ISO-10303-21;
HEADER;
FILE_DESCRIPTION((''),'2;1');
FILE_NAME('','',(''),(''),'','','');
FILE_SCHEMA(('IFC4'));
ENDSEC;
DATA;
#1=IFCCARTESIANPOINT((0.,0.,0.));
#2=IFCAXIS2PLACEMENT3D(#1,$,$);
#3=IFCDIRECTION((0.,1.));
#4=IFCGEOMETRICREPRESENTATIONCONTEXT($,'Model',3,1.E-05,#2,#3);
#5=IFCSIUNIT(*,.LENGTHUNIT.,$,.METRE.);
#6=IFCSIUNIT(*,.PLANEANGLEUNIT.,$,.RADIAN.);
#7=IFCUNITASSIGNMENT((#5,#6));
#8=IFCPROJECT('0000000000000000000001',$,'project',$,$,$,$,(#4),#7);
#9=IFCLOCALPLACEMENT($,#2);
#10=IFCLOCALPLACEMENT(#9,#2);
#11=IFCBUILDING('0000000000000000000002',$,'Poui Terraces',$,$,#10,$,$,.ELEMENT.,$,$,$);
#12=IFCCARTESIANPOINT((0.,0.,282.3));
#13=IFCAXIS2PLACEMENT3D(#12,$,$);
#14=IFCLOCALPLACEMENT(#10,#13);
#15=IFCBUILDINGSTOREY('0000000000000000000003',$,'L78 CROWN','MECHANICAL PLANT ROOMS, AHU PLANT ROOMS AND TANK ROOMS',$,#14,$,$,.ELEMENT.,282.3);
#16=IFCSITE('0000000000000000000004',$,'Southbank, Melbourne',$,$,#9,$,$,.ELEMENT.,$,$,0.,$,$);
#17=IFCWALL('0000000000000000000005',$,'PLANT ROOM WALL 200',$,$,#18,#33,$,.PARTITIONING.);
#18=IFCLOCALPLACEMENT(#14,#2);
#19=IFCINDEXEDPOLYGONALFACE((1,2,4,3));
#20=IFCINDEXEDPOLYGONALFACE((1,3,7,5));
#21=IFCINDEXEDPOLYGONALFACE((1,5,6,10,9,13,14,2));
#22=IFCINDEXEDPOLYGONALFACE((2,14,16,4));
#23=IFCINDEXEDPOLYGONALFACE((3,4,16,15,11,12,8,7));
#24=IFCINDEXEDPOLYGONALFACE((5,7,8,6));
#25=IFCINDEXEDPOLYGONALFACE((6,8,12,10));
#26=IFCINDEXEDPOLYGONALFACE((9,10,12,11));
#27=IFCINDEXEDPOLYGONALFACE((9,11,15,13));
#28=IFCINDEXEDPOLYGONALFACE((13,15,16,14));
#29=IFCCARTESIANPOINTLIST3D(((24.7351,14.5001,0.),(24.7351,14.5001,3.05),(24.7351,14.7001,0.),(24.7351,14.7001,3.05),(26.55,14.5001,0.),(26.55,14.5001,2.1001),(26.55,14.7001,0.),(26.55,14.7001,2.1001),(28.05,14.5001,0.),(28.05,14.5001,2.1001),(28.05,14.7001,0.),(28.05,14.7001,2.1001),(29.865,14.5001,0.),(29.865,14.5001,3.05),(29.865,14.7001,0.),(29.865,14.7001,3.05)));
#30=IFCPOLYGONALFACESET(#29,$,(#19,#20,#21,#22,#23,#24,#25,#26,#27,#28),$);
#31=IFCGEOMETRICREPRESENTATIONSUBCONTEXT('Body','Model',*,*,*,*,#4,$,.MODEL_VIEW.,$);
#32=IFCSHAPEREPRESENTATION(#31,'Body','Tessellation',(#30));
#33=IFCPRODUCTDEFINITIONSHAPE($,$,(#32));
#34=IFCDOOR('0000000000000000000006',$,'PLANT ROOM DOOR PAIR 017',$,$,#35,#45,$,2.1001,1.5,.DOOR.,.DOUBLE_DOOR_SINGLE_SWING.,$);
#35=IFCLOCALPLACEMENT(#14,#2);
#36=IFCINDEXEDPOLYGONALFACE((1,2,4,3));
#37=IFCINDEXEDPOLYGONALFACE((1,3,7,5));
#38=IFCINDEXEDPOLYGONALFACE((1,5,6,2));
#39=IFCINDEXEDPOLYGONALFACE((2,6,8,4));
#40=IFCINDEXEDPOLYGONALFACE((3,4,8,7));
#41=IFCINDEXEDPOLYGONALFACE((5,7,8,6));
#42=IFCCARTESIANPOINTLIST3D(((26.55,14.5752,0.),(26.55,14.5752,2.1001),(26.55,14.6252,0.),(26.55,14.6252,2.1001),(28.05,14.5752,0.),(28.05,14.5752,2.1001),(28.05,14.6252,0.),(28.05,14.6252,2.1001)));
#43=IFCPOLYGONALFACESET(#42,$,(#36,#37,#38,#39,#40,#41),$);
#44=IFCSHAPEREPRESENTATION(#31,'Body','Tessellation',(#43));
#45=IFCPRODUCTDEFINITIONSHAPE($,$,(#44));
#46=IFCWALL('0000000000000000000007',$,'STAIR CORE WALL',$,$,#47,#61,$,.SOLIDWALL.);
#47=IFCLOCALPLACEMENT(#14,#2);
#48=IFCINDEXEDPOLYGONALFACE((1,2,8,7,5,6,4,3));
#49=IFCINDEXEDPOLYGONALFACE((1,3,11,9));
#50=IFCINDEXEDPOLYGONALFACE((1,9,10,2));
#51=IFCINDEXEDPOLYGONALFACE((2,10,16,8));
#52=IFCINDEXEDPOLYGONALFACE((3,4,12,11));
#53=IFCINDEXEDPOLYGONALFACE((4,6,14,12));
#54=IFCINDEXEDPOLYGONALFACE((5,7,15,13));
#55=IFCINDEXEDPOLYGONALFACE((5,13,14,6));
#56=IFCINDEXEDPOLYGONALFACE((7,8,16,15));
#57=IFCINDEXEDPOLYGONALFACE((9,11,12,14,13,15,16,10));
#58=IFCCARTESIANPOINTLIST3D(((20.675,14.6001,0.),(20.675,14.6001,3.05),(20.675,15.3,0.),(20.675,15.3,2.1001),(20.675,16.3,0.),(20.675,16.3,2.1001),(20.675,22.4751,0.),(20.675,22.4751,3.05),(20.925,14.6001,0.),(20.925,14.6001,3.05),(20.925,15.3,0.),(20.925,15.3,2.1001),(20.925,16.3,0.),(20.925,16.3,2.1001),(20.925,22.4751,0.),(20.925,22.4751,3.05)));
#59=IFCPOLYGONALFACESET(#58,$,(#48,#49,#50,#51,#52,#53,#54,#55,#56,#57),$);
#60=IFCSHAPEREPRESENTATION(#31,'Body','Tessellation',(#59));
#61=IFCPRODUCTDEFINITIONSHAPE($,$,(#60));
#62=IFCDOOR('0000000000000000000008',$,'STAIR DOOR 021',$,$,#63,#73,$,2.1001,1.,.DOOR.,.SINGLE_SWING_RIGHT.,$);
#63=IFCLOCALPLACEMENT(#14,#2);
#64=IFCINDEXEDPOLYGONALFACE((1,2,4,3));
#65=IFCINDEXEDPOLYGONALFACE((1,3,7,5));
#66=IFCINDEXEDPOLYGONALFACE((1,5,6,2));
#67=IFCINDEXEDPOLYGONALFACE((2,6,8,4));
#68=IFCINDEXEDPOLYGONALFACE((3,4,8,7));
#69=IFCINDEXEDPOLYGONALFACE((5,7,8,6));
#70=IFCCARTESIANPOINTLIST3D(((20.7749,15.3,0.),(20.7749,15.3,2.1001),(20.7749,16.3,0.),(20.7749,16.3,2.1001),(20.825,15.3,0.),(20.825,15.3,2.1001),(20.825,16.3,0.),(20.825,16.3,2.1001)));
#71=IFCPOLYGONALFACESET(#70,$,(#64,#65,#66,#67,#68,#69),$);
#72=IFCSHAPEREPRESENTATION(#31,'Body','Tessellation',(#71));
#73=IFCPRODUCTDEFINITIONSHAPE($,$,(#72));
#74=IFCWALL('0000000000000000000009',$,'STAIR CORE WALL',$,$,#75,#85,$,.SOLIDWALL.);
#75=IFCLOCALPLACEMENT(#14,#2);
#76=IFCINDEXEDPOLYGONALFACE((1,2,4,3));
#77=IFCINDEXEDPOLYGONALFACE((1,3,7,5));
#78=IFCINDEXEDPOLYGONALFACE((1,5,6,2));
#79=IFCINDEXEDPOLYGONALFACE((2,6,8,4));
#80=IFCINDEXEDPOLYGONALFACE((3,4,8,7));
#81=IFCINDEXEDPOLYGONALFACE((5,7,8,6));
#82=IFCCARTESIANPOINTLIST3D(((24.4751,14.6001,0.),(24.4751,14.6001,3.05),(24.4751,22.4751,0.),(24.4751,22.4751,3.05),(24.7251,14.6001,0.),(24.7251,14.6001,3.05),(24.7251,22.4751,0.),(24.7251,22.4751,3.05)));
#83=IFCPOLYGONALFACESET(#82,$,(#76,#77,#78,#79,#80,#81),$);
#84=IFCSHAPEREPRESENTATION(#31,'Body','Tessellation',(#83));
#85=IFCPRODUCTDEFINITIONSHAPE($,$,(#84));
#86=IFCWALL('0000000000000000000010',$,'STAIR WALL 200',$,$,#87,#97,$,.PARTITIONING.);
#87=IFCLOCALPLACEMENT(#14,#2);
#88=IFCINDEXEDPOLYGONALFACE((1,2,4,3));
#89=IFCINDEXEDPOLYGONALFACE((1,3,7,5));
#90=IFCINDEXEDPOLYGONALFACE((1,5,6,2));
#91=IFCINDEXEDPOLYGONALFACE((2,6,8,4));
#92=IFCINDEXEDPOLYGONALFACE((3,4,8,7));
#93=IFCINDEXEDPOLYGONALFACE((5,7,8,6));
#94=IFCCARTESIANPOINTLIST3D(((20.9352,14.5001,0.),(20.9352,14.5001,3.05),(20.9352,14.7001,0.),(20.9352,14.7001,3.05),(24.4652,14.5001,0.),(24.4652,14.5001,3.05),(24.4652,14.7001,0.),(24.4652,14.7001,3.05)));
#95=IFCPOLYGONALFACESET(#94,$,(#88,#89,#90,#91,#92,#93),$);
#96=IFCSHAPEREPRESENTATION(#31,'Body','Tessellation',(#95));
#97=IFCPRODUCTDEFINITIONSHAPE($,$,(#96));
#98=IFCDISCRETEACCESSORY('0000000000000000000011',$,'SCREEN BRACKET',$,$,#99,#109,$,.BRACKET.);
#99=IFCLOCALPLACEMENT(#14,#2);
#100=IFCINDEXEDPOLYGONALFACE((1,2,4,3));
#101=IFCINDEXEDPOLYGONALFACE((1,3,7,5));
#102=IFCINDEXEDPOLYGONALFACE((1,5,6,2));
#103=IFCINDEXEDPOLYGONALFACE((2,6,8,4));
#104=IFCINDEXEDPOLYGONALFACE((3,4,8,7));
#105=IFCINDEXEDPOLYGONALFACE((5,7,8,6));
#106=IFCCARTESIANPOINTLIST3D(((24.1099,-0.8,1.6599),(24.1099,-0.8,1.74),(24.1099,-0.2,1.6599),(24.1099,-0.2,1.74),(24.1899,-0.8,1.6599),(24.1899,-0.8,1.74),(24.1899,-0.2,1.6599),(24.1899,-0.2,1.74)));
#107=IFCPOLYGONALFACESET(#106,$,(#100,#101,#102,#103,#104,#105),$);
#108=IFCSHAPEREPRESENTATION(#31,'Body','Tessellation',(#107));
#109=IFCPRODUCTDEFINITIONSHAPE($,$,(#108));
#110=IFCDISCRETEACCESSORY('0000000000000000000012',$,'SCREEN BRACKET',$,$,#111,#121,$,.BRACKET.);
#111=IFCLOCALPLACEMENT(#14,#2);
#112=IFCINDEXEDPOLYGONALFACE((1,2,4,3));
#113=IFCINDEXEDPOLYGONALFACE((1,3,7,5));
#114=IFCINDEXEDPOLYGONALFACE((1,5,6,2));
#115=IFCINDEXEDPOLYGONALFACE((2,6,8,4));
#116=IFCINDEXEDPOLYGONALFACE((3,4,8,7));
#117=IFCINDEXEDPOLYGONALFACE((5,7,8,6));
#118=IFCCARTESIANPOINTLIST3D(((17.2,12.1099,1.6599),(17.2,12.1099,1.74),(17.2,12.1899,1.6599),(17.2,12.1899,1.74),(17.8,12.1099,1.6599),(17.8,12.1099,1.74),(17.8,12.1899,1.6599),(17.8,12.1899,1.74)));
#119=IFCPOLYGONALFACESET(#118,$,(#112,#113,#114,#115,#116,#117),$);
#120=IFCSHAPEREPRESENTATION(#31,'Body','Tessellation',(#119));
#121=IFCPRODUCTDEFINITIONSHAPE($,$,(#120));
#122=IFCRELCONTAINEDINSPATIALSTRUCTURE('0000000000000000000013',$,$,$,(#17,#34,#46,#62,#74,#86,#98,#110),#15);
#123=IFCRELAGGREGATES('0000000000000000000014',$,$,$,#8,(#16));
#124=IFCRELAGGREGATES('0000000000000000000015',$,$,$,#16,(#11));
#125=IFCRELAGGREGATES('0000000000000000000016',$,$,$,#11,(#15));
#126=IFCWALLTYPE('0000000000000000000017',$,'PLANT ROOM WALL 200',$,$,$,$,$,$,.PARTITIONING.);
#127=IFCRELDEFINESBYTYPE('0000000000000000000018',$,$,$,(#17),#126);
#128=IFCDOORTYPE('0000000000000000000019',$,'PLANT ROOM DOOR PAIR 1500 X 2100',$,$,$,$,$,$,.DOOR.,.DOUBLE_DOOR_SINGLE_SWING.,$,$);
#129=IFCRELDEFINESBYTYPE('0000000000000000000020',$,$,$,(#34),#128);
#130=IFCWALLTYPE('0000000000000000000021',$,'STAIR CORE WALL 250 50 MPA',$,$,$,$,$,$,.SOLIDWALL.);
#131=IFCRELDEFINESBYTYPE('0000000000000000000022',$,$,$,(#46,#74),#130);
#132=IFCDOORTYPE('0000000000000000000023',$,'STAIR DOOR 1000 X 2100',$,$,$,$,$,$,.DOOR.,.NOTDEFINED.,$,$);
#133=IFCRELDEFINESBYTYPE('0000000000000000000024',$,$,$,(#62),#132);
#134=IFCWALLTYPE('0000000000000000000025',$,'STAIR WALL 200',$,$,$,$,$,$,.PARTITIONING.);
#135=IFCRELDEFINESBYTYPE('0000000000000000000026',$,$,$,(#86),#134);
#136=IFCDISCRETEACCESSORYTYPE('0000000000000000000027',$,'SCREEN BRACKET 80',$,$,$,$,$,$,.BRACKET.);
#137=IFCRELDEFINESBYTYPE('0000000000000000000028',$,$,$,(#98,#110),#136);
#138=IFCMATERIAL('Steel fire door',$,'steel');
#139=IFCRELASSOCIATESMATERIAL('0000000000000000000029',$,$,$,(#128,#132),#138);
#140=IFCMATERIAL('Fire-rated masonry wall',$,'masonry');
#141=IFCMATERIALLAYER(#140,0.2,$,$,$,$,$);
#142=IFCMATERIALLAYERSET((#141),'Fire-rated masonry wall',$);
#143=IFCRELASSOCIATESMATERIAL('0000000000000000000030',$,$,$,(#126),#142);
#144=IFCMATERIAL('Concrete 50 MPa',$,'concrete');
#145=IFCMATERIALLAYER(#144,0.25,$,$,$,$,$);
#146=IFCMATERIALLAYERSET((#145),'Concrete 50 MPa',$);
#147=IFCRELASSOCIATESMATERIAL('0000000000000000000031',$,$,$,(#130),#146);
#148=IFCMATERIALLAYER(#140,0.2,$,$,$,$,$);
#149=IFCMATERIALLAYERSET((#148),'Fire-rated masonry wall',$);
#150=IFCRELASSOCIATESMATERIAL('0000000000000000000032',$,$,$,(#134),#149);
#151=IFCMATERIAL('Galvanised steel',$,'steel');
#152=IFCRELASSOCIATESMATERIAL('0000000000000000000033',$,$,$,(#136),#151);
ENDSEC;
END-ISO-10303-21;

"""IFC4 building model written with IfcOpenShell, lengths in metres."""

from ifc_helpers import new_model, si_unit, direction, frame, frame_2d, origin, origin_2d, place, context, subcontext, project, spatial, rectangle, extrude, source, transform, mapped, material, layer, layer_set, material_profile, profile_set, type_object, element, fill, save


model = new_model("IFC4")

# Units and contexts
model_context = context("Model", 3, precision=1e-05, world=origin(), true_north=direction((0.0, 1.0)))
body_context = subcontext(model_context, "Body", "Model", "MODEL_VIEW")
ifc_project = project(units=[si_unit("LENGTHUNIT", "METRE"), si_unit("PLANEANGLEUNIT", "RADIAN")], contexts=[model_context])

# Site, building, storey
site_placement = place(None, origin())
site = spatial("IfcSite", under=ifc_project, at=site_placement, Name="Southbank, Melbourne", CompositionType="ELEMENT", RefElevation=0.0)
building_placement = place(site_placement, origin())
building = spatial("IfcBuilding", under=site, at=building_placement, Name="Poui Terraces", CompositionType="ELEMENT")
storey_placement = place(building_placement, frame((0.0, 0.0, 282.3)))
storey = spatial("IfcBuildingStorey", under=building, at=storey_placement, Name="L78 CROWN", Description="MECHANICAL PLANT ROOMS, AHU PLANT ROOMS AND TANK ROOMS", CompositionType="ELEMENT", Elevation=282.3)

# Shared definitions
ifc_material_1 = material(Name="Concrete 50 MPa", Category="concrete")

# Shared definitions
ifc_material_2 = material(Name="Steel fire door", Category="steel")

# Shared definitions
door_type_1 = type_object("IfcDoorType", Name="PLANT ROOM DOOR PAIR 1500 X 2100", OperationType="DOUBLE_DOOR_SINGLE_SWING", PredefinedType="DOOR", material=ifc_material_2)

# Walls, openings, doors
ifc_material_3 = material(Name="Fire-rated masonry wall", Category="masonry")
ifc_layer_1 = layer(ifc_material_3, 0.2)
ifc_layer_set_1 = layer_set([ifc_layer_1], Name="Fire-rated masonry wall")
wall_type_1 = type_object("IfcWallType", Name="PLANT ROOM WALL 200", PredefinedType="PARTITIONING", material=ifc_layer_set_1)
wall_1_placement = place(storey_placement, frame((24.7351, 14.6001, 0.0), z_axis=(0.0, 0.0, 1.0), x_axis=(1.0, 0.0, 0.0)))
wall_1 = element("IfcWall", 1, at=wall_1_placement, inside=storey, type_object=wall_type_1, Name="PLANT ROOM WALL 200", PredefinedType="PARTITIONING", context=body_context, shape_type="SweptSolid", body=[
    extrude(rectangle(XDim=5.1299, YDim=0.2, at=frame_2d((2.5649, 0.0))), origin(), (0.0, 0.0, 1.0), 3.05),
])
opening_1_placement = place(wall_1_placement, frame((1.8149, 0.0, 0.0)))
opening_1 = element("IfcOpeningElement", 2, at=opening_1_placement, cuts=wall_1, PredefinedType="OPENING", context=body_context, shape_type="SweptSolid", body=[
    extrude(rectangle(XDim=1.5, YDim=2.1001, at=frame_2d((0.75, 1.05))), frame((0.0, 0.1099, 0.0), z_axis=(0.0, -1.0, 0.0), x_axis=(1.0, 0.0, 0.0)), (0.0, 0.0, 1.0), 0.22),
])
door_1_placement = place(opening_1_placement, frame((1.5, 0.0, 0.0), z_axis=(0.0, 0.0, 1.0), x_axis=(-1.0, 0.0, 0.0)))
door_1 = element("IfcDoor", 3, at=door_1_placement, inside=storey, type_object=door_type_1, Name="PLANT ROOM DOOR PAIR 017", OperationType="DOUBLE_DOOR_SINGLE_SWING", OverallHeight=2.1001, OverallWidth=1.5, PredefinedType="DOOR", context=body_context, shape_type="SweptSolid", body=[
    extrude(rectangle(XDim=1.5, YDim=2.1001, at=frame_2d((0.75, 1.05))), frame((0.0, 0.0249, 0.0), z_axis=(0.0, -1.0, 0.0), x_axis=(1.0, 0.0, 0.0)), (0.0, 0.0, 1.0), 0.05),
])
fill(opening_1, door_1)
ifc_layer_2 = layer(ifc_material_1, 0.25)
ifc_layer_set_2 = layer_set([ifc_layer_2], Name="Concrete 50 MPa")
wall_type_2 = type_object("IfcWallType", Name="STAIR CORE WALL 250 50 MPA", PredefinedType="SOLIDWALL", material=ifc_layer_set_2)
wall_2_placement = place(storey_placement, frame((20.8, 14.6001, 0.0), z_axis=(0.0, 0.0, 1.0), x_axis=(0.0, 1.0, 0.0)))
wall_2 = element("IfcWall", 4, at=wall_2_placement, inside=storey, type_object=wall_type_2, Name="STAIR CORE WALL", PredefinedType="SOLIDWALL", context=body_context, shape_type="SweptSolid", body=[
    extrude(rectangle(XDim=7.875, YDim=0.25, at=frame_2d((3.9375, 0.0))), origin(), (0.0, 0.0, 1.0), 3.05),
])
opening_2_placement = place(wall_2_placement, frame((0.7, 0.0, 0.0)))
opening_2 = element("IfcOpeningElement", 5, at=opening_2_placement, cuts=wall_2, PredefinedType="OPENING", context=body_context, shape_type="SweptSolid", body=[
    extrude(rectangle(XDim=1.0, YDim=2.1001, at=frame_2d((0.5, 1.05))), frame((0.0, 0.135, 0.0), z_axis=(0.0, -1.0, 0.0), x_axis=(1.0, 0.0, 0.0)), (0.0, 0.0, 1.0), 0.27),
])
door_type_2 = type_object("IfcDoorType", Name="STAIR DOOR 1000 X 2100", OperationType="NOTDEFINED", PredefinedType="DOOR", material=ifc_material_2)
door_2_placement = place(opening_2_placement, frame((1.0, 0.0, 0.0), z_axis=(0.0, 0.0, 1.0), x_axis=(-1.0, 0.0, 0.0)))
door_2 = element("IfcDoor", 6, at=door_2_placement, inside=storey, type_object=door_type_2, Name="STAIR DOOR 021", OperationType="SINGLE_SWING_RIGHT", OverallHeight=2.1001, OverallWidth=1.0, PredefinedType="DOOR", context=body_context, shape_type="SweptSolid", body=[
    extrude(rectangle(XDim=1.0, YDim=2.1001, at=frame_2d((0.5, 1.05))), frame((0.0, 0.0249, 0.0), z_axis=(0.0, -1.0, 0.0), x_axis=(1.0, 0.0, 0.0)), (0.0, 0.0, 1.0), 0.05),
])
fill(opening_2, door_2)

# Walls
wall_3_placement = place(storey_placement, frame((24.6001, 14.6001, 0.0), z_axis=(0.0, 0.0, 1.0), x_axis=(0.0, 1.0, 0.0)))
element("IfcWall", 7, at=wall_3_placement, inside=storey, type_object=wall_type_2, Name="STAIR CORE WALL", PredefinedType="SOLIDWALL", context=body_context, shape_type="SweptSolid", body=[
    extrude(rectangle(XDim=7.875, YDim=0.25, at=frame_2d((3.9375, 0.0))), origin(), (0.0, 0.0, 1.0), 3.05),
])
ifc_layer_3 = layer(ifc_material_3, 0.2)
ifc_layer_set_3 = layer_set([ifc_layer_3], Name="Fire-rated masonry wall")
wall_type_3 = type_object("IfcWallType", Name="STAIR WALL 200", PredefinedType="PARTITIONING", material=ifc_layer_set_3)
wall_4_placement = place(storey_placement, frame((20.9351, 14.6001, 0.0), z_axis=(0.0, 0.0, 1.0), x_axis=(1.0, 0.0, 0.0)))
element("IfcWall", 8, at=wall_4_placement, inside=storey, type_object=wall_type_3, Name="STAIR WALL 200", PredefinedType="PARTITIONING", context=body_context, shape_type="SweptSolid", body=[
    extrude(rectangle(XDim=3.53, YDim=0.2, at=frame_2d((1.7651, 0.0))), origin(), (0.0, 0.0, 1.0), 3.05),
])

# Discrete accessories
ifc_material_4 = material(Name="Galvanised steel", Category="steel")
ifc_material_profile_1 = material_profile(ifc_material_4, rectangle(XDim=0.0801, YDim=0.0801, at=origin_2d()), Name="SCREEN BRACKET 80")
ifc_profile_set_1 = profile_set([ifc_material_profile_1], Name="Galvanised steel")
discrete_accessory_type = type_object("IfcDiscreteAccessoryType", Name="SCREEN BRACKET 80", PredefinedType="BRACKET", material=ifc_profile_set_1)
shared_shape_1 = source(origin(), body_context, "Body", "SweptSolid", [
    extrude(rectangle(XDim=0.0801, YDim=0.0801, at=origin_2d()), origin(), (0.0, 0.0, 1.0), 0.6001),
])
for number, where, z_axis, x_axis, name in (
    (9, (24.1499, -0.2, 1.7), (0.0, -1.0, 0.0), (1.0, 0.0, 0.0), "SCREEN BRACKET"),
    (10, (17.8, 12.1499, 1.7), (-1.0, 0.0, 0.0), (0.0, -1.0, 0.0), "SCREEN BRACKET"),
):
    element("IfcDiscreteAccessory", number, at=place(storey_placement, frame(where, z_axis=z_axis, x_axis=x_axis)), inside=storey, type_object=discrete_accessory_type, Name=name, PredefinedType="BRACKET", context=body_context, shape_type="MappedRepresentation", body=[
        mapped(shared_shape_1, transform((0.0, 0.0, 0.0))),
    ])

save(model, "model.ifc")
